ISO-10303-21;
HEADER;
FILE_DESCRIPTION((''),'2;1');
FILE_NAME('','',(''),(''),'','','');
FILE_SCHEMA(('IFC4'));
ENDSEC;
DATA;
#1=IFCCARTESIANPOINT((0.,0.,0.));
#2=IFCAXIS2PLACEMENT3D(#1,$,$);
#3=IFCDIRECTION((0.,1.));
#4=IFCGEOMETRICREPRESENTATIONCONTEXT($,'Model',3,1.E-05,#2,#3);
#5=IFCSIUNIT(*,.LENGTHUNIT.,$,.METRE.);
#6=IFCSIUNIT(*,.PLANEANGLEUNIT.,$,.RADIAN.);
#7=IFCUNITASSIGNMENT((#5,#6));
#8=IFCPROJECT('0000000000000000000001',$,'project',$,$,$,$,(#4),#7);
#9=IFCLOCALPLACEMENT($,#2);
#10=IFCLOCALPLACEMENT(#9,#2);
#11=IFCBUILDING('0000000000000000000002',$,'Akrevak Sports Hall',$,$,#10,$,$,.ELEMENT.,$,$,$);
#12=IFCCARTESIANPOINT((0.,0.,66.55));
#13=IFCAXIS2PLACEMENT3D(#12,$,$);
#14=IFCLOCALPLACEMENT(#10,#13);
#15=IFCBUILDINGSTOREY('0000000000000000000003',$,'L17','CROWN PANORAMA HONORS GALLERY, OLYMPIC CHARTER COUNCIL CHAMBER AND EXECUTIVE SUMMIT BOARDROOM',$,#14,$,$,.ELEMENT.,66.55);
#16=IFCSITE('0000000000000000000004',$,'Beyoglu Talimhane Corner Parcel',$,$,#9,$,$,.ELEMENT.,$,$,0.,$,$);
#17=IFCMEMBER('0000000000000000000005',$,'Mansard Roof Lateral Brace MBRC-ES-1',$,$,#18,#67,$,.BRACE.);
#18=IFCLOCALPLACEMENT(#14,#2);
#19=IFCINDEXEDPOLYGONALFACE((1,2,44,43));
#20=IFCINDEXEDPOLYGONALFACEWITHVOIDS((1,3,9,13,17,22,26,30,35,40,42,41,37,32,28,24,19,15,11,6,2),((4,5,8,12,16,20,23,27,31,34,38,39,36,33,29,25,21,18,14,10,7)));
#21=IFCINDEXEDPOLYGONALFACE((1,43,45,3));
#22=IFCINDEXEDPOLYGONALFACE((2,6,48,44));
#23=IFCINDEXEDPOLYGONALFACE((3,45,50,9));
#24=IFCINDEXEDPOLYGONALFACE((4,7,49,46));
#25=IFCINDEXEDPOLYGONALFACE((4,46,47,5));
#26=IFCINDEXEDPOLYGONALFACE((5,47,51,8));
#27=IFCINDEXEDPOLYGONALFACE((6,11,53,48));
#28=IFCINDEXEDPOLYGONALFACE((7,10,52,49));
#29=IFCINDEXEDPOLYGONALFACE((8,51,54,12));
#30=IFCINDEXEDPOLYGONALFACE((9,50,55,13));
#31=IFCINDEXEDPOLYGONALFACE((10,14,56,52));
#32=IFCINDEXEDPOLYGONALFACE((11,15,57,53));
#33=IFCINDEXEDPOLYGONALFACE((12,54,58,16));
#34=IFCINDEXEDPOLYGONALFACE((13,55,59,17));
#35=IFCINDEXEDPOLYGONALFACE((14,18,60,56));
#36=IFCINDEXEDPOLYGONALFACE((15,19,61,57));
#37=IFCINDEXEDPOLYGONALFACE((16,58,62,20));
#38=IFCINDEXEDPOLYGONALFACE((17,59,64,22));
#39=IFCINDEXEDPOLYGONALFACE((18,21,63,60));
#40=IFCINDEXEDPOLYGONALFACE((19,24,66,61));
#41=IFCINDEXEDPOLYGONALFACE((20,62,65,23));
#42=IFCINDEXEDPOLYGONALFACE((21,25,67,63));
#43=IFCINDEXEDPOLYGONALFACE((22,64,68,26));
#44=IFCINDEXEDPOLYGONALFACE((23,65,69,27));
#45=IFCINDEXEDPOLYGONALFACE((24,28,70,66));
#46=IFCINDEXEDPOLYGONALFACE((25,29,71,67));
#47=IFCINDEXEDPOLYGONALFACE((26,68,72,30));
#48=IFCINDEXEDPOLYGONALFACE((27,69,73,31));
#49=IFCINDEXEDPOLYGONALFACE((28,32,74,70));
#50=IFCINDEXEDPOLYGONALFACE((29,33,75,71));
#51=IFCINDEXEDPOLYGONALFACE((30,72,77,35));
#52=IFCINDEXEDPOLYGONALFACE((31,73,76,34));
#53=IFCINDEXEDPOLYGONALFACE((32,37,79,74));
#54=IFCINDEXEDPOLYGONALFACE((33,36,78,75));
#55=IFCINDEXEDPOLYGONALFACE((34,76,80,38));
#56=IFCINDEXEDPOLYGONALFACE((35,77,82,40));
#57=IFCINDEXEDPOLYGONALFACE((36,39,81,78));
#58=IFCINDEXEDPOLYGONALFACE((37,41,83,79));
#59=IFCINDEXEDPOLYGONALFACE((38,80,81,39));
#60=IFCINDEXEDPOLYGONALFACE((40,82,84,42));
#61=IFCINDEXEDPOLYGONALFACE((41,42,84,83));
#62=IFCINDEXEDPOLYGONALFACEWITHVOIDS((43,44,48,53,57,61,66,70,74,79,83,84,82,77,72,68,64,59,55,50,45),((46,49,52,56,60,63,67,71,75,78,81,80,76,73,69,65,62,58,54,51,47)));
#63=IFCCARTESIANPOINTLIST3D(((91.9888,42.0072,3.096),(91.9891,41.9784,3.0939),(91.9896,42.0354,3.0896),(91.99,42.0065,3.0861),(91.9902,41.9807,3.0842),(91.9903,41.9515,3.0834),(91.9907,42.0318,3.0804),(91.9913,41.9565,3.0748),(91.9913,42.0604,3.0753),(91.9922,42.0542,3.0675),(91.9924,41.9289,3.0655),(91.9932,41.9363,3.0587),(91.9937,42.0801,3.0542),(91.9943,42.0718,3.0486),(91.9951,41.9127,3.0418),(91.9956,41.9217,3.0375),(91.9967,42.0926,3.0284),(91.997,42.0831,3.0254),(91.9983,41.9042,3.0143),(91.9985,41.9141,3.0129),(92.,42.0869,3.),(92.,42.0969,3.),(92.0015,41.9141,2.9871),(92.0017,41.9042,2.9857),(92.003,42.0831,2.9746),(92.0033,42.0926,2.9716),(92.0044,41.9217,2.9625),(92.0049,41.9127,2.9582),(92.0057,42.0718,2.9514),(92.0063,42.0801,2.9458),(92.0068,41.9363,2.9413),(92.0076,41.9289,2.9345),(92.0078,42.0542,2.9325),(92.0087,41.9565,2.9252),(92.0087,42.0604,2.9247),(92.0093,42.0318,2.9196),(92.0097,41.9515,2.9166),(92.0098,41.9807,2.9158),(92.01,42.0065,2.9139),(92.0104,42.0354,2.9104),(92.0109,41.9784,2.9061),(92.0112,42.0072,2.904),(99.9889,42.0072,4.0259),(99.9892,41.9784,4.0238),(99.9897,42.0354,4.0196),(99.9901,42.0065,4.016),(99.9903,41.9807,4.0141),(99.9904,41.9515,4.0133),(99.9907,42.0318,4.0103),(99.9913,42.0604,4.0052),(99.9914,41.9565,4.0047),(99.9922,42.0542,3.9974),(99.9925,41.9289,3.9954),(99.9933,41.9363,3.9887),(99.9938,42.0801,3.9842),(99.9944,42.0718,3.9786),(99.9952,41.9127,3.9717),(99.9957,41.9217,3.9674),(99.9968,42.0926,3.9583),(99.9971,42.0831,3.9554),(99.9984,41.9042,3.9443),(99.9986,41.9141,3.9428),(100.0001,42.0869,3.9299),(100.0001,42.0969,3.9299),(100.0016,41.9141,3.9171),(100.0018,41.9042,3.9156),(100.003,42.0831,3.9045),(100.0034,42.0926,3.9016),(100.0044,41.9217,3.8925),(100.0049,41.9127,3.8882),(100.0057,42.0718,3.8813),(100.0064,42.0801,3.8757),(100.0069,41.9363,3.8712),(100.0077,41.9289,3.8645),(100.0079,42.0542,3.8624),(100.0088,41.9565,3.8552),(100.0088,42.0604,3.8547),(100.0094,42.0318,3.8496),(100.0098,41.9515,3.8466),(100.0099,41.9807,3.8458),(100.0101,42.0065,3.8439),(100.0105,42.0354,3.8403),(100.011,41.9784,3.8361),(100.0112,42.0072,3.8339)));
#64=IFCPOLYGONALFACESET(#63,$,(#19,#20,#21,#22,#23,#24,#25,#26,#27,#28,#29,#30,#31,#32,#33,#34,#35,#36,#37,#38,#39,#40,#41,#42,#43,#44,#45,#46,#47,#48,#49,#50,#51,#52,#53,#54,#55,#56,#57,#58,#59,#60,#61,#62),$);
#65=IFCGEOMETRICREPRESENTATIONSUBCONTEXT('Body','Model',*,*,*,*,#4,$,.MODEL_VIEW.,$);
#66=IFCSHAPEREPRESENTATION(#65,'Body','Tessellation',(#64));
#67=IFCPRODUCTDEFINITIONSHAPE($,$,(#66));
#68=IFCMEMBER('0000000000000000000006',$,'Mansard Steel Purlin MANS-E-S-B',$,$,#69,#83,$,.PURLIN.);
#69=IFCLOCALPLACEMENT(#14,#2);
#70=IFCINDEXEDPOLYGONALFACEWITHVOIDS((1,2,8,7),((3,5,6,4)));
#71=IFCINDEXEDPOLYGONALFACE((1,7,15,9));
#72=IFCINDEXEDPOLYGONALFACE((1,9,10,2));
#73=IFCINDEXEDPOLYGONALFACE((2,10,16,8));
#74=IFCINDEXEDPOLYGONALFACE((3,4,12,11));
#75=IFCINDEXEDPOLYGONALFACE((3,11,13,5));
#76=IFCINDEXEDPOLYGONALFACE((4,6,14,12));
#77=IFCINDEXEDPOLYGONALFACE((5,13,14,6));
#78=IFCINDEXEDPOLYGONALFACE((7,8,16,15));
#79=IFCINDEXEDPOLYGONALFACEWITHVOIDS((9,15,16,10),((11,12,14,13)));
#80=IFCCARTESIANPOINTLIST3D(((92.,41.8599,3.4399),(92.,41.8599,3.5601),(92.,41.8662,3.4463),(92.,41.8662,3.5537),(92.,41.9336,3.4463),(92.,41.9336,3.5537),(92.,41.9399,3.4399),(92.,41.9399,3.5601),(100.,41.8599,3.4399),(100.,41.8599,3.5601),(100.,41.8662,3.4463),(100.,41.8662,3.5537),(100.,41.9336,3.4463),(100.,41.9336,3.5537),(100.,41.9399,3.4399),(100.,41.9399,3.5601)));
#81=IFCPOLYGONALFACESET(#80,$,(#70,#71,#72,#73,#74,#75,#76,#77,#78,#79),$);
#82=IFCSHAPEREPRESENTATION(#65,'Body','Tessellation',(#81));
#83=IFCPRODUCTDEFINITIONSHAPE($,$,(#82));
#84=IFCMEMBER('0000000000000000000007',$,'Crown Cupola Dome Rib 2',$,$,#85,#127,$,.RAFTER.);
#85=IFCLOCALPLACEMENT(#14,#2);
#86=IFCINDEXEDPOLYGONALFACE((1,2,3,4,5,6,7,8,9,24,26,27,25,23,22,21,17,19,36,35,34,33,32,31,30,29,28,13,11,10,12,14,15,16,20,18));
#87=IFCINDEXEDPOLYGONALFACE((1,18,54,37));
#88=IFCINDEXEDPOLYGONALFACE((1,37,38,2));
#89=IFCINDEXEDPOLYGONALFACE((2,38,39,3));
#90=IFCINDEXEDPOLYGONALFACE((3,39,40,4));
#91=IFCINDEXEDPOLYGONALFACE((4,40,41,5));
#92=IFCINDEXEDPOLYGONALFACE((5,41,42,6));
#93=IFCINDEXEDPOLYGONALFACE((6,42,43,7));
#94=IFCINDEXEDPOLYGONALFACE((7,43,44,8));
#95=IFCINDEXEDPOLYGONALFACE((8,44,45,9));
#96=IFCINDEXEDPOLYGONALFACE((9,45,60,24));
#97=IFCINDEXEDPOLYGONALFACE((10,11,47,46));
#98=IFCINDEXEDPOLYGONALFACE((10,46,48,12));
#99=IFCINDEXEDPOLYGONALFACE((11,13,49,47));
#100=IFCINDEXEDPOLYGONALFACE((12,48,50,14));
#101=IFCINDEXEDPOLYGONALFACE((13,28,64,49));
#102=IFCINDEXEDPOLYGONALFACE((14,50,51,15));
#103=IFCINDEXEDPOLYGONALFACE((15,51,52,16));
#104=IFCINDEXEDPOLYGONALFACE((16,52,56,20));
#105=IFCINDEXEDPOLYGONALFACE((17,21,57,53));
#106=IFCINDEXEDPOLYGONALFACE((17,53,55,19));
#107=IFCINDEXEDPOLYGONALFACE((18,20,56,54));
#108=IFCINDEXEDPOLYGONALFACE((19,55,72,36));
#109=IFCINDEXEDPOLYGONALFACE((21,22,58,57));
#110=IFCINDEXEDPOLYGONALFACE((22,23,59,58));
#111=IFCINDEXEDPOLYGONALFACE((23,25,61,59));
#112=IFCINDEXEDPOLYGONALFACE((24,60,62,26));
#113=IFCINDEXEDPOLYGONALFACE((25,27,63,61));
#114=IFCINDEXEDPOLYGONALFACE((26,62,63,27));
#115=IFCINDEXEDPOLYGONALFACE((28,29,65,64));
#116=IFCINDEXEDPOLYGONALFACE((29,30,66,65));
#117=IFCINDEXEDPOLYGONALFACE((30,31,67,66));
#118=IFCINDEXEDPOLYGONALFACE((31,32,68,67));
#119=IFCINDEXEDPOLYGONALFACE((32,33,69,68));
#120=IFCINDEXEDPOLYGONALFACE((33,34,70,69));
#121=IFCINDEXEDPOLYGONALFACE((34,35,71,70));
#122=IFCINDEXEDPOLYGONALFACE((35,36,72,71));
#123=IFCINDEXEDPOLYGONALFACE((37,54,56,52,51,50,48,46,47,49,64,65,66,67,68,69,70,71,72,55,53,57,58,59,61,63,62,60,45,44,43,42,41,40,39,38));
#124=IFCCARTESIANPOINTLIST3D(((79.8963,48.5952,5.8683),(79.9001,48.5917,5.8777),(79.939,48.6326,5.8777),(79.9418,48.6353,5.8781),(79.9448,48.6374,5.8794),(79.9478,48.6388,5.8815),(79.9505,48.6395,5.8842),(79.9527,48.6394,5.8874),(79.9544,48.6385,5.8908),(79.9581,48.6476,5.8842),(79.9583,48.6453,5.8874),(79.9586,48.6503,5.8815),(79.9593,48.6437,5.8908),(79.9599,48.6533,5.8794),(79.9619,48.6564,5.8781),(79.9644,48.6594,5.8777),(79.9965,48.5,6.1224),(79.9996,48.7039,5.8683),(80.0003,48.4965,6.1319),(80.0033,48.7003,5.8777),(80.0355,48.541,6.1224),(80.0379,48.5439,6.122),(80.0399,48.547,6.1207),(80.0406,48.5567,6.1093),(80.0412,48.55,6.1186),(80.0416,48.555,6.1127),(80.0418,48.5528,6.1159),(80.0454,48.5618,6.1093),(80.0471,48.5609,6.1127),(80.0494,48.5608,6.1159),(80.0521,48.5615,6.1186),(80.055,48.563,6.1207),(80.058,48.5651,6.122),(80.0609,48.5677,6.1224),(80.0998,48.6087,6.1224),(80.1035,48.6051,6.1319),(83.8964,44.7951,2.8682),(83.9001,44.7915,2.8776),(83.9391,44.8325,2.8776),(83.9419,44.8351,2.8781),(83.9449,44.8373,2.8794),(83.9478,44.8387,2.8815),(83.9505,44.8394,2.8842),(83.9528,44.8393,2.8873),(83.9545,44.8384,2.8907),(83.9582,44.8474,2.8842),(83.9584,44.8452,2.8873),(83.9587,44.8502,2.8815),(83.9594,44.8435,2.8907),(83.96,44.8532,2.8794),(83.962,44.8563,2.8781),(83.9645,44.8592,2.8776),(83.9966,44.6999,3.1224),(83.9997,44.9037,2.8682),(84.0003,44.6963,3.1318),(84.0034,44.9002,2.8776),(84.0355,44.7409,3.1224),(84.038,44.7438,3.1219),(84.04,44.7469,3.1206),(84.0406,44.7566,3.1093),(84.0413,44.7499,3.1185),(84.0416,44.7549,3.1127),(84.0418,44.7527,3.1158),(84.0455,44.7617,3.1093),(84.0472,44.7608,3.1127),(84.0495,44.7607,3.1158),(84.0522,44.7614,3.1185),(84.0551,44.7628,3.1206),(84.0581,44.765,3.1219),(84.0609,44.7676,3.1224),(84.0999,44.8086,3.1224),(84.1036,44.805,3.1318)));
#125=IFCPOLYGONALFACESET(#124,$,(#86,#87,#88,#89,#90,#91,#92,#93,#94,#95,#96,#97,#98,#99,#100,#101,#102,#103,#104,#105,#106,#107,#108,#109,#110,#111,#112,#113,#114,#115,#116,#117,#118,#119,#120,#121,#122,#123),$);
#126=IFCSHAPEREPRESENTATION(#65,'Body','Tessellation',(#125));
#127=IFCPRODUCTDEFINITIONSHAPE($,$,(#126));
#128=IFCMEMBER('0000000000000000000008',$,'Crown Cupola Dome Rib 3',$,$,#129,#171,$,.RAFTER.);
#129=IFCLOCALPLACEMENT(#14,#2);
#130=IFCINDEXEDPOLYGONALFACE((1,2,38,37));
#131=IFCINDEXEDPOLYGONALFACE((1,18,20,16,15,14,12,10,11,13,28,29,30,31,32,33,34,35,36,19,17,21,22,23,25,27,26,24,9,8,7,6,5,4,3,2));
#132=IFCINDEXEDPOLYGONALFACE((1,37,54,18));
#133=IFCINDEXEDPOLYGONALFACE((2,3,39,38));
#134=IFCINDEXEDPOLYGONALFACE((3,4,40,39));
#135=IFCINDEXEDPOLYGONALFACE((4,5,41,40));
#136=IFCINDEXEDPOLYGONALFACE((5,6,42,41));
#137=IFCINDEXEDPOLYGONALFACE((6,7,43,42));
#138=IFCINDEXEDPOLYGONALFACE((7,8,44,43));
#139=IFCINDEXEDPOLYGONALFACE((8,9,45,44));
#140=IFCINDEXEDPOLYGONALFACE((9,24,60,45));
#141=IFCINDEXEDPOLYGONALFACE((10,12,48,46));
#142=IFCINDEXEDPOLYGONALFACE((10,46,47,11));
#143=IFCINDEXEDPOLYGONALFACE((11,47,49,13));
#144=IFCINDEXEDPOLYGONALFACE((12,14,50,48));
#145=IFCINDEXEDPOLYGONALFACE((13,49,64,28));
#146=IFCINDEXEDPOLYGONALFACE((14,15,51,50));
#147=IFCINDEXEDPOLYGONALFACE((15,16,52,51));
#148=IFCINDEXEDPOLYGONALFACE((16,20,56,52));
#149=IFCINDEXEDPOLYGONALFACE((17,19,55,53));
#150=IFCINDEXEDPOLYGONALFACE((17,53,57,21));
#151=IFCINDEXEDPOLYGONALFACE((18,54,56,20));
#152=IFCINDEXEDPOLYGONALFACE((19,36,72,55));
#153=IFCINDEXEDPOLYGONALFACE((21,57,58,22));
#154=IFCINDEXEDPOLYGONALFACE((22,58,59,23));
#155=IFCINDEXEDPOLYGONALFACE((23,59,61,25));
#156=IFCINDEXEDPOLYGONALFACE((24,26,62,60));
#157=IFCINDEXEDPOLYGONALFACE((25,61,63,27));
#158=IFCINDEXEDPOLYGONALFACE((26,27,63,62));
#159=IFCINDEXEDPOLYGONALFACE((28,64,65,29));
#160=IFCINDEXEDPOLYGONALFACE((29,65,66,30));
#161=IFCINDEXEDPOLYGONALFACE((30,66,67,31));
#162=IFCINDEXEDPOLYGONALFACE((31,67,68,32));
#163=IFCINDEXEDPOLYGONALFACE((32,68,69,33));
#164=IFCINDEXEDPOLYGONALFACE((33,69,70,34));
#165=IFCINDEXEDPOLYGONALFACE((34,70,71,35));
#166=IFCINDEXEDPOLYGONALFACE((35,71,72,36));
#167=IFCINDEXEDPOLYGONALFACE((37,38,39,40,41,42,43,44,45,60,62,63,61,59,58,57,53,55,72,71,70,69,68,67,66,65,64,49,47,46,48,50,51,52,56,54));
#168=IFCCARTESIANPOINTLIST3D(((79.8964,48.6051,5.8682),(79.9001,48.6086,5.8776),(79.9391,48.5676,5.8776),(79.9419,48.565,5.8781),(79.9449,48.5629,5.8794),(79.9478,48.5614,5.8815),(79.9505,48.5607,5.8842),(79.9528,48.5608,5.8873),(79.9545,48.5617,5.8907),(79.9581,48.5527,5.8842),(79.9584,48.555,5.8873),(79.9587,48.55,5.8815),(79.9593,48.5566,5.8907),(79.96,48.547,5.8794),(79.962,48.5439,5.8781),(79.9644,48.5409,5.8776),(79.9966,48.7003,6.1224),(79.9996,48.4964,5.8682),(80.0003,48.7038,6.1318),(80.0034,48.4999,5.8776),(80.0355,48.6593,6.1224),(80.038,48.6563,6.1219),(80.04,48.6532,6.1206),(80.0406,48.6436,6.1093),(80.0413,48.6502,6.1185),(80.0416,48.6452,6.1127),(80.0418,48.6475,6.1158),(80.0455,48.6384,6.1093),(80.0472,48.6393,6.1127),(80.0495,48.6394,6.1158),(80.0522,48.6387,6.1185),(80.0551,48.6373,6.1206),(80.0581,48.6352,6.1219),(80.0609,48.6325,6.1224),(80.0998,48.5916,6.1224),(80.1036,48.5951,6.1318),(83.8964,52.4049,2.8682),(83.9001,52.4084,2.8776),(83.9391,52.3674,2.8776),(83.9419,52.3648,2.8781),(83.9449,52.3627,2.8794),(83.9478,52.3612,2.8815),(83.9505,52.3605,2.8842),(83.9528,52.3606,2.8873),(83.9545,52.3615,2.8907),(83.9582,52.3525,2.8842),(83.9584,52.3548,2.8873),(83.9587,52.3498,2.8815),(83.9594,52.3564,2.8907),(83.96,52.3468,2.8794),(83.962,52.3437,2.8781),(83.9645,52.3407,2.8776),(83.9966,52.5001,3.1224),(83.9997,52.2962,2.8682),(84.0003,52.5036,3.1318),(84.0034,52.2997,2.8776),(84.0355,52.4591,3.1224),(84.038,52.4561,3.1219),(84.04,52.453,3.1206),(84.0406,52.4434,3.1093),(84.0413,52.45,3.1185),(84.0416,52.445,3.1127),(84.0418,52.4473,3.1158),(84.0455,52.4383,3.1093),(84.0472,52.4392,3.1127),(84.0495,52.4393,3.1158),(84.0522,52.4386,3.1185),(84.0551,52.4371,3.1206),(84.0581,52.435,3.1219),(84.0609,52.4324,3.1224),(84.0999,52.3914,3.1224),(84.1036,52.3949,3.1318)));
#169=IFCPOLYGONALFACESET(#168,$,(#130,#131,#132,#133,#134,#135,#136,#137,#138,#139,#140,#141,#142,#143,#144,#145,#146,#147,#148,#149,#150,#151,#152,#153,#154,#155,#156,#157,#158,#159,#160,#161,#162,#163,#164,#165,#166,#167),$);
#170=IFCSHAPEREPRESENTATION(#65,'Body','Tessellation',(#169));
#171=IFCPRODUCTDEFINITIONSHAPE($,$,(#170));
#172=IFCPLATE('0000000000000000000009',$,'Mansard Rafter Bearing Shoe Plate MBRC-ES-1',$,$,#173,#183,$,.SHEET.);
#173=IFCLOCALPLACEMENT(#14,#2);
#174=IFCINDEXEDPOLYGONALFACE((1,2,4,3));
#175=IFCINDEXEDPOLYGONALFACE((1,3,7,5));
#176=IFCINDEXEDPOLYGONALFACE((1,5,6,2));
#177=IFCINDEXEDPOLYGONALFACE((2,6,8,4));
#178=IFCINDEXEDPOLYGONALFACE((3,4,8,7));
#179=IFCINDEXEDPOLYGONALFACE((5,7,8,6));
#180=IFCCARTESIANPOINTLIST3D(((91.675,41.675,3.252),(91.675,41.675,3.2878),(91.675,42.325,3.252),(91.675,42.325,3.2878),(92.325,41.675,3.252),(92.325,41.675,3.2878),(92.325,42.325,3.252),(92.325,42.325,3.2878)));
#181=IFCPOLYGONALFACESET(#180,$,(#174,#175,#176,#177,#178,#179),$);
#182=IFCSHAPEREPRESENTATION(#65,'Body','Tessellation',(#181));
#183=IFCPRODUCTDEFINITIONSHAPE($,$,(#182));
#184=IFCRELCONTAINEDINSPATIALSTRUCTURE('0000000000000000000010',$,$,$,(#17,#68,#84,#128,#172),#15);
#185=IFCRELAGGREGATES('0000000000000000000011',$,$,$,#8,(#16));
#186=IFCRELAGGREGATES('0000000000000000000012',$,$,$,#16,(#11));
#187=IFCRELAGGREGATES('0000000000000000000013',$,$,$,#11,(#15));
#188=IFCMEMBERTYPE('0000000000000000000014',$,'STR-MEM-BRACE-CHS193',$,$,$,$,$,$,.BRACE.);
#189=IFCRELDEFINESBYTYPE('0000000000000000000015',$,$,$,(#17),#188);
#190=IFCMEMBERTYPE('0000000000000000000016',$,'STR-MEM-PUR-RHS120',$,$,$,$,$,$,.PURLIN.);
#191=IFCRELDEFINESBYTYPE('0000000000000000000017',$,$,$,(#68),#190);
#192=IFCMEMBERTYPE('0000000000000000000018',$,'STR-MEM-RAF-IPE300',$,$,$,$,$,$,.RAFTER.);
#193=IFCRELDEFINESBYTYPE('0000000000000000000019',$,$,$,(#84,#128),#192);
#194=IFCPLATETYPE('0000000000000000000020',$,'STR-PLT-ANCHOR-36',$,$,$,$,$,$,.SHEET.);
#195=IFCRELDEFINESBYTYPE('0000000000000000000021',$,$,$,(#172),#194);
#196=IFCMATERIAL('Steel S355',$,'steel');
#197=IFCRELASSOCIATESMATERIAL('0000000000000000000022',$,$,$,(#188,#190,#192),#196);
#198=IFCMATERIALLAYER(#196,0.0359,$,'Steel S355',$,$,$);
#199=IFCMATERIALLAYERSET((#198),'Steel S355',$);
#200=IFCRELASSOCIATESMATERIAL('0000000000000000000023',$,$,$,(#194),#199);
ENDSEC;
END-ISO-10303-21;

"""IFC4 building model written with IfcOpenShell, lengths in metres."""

from ifc_helpers import new_model, si_unit, direction, frame, origin, origin_2d, place, context, subcontext, project, spatial, rectangle, hollow_rectangle, hollow_circle, i_section, extrude, material, layer, layer_set, material_profile, profile_set, type_object, element, save


model = new_model("IFC4")

# Units and contexts
model_context = context("Model", 3, precision=1e-05, world=origin(), true_north=direction((0.0, 1.0)))
body_context = subcontext(model_context, "Body", "Model", "MODEL_VIEW")
ifc_project = project(units=[si_unit("LENGTHUNIT", "METRE"), si_unit("PLANEANGLEUNIT", "RADIAN")], contexts=[model_context])

# Site, building, storey
site_placement = place(None, origin())
site = spatial("IfcSite", under=ifc_project, at=site_placement, Name="Beyoglu Talimhane Corner Parcel", CompositionType="ELEMENT", RefElevation=0.0)
building_placement = place(site_placement, origin())
building = spatial("IfcBuilding", under=site, at=building_placement, Name="Akrevak Sports Hall", CompositionType="ELEMENT")
storey_placement = place(building_placement, frame((0.0, 0.0, 66.55)))
storey = spatial("IfcBuildingStorey", under=building, at=storey_placement, Name="L17", Description="CROWN PANORAMA HONORS GALLERY, OLYMPIC CHARTER COUNCIL CHAMBER AND EXECUTIVE SUMMIT BOARDROOM", CompositionType="ELEMENT", Elevation=66.55)

# Members
ifc_material_1 = material(Name="Steel S355", Category="steel")
ifc_material_profile_1 = material_profile(ifc_material_1, hollow_circle(Radius=0.0969, WallThickness=0.01, at=origin_2d()), Name="CHS 193.7x10", Category="steel")
ifc_profile_set_1 = profile_set([ifc_material_profile_1], Name="Steel S355")
member_type_1 = type_object("IfcMemberType", Name="STR-MEM-BRACE-CHS193", PredefinedType="BRACE", material=ifc_profile_set_1)
member_1_placement = place(storey_placement, frame((92.0, 42.0, 3.0), z_axis=(0.993312, 0.0, 0.115464), x_axis=(0.0, 1.0, 0.0)))
element("IfcMember", 1, at=member_1_placement, inside=storey, type_object=member_type_1, Name="Mansard Roof Lateral Brace MBRC-ES-1", PredefinedType="BRACE", context=body_context, shape_type="SweptSolid", body=[
    extrude(hollow_circle(Radius=0.0969, WallThickness=0.01, at=origin_2d()), origin(), (0.0, 0.0, 1.0), 8.054),
])
ifc_material_profile_2 = material_profile(ifc_material_1, hollow_rectangle(XDim=0.0801, YDim=0.1201, WallThickness=0.0063, at=origin_2d()), Name="RHS 120x80x6.3", Category="steel")
ifc_profile_set_2 = profile_set([ifc_material_profile_2], Name="Steel S355")
member_type_2 = type_object("IfcMemberType", Name="STR-MEM-PUR-RHS120", PredefinedType="PURLIN", material=ifc_profile_set_2)
member_2_placement = place(storey_placement, frame((92.0, 41.8999, 3.5), z_axis=(1.0, 0.0, 0.0), x_axis=(0.0, 1.0, 0.0)))
element("IfcMember", 2, at=member_2_placement, inside=storey, type_object=member_type_2, Name="Mansard Steel Purlin MANS-E-S-B", PredefinedType="PURLIN", context=body_context, shape_type="SweptSolid", body=[
    extrude(hollow_rectangle(XDim=0.0801, YDim=0.1201, WallThickness=0.0063, at=origin_2d()), origin(), (0.0, 0.0, 1.0), 8.0),
])
ifc_material_profile_3 = material_profile(ifc_material_1, i_section(OverallWidth=0.1499, OverallDepth=0.3, WebThickness=0.0071, FlangeThickness=0.0107, FilletRadius=0.0149, at=origin_2d()), Name="IPE 300", Category="steel")
ifc_profile_set_3 = profile_set([ifc_material_profile_3], Name="Steel S355")
member_type_3 = type_object("IfcMemberType", Name="STR-MEM-RAF-IPE300", PredefinedType="RAFTER", material=ifc_profile_set_3)
member_3_placement = place(storey_placement, frame((84.0, 44.8, 3.0), z_axis=(-0.636927, 0.605088, 0.477695), x_axis=(-0.688754, -0.724995, 0.0)))
element("IfcMember", 3, at=member_3_placement, inside=storey, type_object=member_type_3, Name="Crown Cupola Dome Rib 2", PredefinedType="RAFTER", context=body_context, shape_type="SweptSolid", body=[
    extrude(i_section(OverallWidth=0.1499, OverallDepth=0.3, WebThickness=0.0071, FlangeThickness=0.0107, FilletRadius=0.0149, at=origin_2d()), origin(), (0.0, 0.0, 1.0), 6.2803),
])
member_4_placement = place(storey_placement, frame((84.0, 52.3999, 3.0), z_axis=(-0.636942, -0.605064, 0.477706), x_axis=(0.688731, -0.725017, 0.0)))
element("IfcMember", 4, at=member_4_placement, inside=storey, type_object=member_type_3, Name="Crown Cupola Dome Rib 3", PredefinedType="RAFTER", context=body_context, shape_type="SweptSolid", body=[
    extrude(i_section(OverallWidth=0.1499, OverallDepth=0.3, WebThickness=0.0071, FlangeThickness=0.0107, FilletRadius=0.0149, at=origin_2d()), origin(), (0.0, 0.0, 1.0), 6.28),
])

# Plate
ifc_layer_1 = layer(ifc_material_1, 0.0359, Name="Steel S355")
ifc_layer_set_1 = layer_set([ifc_layer_1], Name="Steel S355")
plate_type = type_object("IfcPlateType", Name="STR-PLT-ANCHOR-36", PredefinedType="SHEET", material=ifc_layer_set_1)
plate_placement = place(storey_placement, frame((92.0, 42.0, 3.252), z_axis=(0.0, 0.0, 1.0), x_axis=(1.0, 0.0, 0.0)))
element("IfcPlate", 5, at=plate_placement, inside=storey, type_object=plate_type, Name="Mansard Rafter Bearing Shoe Plate MBRC-ES-1", PredefinedType="SHEET", context=body_context, shape_type="SweptSolid", body=[
    extrude(rectangle(XDim=0.6499, YDim=0.6499, at=origin_2d()), origin(), (0.0, 0.0, 1.0), 0.0359),
])

save(model, "model.ifc")
